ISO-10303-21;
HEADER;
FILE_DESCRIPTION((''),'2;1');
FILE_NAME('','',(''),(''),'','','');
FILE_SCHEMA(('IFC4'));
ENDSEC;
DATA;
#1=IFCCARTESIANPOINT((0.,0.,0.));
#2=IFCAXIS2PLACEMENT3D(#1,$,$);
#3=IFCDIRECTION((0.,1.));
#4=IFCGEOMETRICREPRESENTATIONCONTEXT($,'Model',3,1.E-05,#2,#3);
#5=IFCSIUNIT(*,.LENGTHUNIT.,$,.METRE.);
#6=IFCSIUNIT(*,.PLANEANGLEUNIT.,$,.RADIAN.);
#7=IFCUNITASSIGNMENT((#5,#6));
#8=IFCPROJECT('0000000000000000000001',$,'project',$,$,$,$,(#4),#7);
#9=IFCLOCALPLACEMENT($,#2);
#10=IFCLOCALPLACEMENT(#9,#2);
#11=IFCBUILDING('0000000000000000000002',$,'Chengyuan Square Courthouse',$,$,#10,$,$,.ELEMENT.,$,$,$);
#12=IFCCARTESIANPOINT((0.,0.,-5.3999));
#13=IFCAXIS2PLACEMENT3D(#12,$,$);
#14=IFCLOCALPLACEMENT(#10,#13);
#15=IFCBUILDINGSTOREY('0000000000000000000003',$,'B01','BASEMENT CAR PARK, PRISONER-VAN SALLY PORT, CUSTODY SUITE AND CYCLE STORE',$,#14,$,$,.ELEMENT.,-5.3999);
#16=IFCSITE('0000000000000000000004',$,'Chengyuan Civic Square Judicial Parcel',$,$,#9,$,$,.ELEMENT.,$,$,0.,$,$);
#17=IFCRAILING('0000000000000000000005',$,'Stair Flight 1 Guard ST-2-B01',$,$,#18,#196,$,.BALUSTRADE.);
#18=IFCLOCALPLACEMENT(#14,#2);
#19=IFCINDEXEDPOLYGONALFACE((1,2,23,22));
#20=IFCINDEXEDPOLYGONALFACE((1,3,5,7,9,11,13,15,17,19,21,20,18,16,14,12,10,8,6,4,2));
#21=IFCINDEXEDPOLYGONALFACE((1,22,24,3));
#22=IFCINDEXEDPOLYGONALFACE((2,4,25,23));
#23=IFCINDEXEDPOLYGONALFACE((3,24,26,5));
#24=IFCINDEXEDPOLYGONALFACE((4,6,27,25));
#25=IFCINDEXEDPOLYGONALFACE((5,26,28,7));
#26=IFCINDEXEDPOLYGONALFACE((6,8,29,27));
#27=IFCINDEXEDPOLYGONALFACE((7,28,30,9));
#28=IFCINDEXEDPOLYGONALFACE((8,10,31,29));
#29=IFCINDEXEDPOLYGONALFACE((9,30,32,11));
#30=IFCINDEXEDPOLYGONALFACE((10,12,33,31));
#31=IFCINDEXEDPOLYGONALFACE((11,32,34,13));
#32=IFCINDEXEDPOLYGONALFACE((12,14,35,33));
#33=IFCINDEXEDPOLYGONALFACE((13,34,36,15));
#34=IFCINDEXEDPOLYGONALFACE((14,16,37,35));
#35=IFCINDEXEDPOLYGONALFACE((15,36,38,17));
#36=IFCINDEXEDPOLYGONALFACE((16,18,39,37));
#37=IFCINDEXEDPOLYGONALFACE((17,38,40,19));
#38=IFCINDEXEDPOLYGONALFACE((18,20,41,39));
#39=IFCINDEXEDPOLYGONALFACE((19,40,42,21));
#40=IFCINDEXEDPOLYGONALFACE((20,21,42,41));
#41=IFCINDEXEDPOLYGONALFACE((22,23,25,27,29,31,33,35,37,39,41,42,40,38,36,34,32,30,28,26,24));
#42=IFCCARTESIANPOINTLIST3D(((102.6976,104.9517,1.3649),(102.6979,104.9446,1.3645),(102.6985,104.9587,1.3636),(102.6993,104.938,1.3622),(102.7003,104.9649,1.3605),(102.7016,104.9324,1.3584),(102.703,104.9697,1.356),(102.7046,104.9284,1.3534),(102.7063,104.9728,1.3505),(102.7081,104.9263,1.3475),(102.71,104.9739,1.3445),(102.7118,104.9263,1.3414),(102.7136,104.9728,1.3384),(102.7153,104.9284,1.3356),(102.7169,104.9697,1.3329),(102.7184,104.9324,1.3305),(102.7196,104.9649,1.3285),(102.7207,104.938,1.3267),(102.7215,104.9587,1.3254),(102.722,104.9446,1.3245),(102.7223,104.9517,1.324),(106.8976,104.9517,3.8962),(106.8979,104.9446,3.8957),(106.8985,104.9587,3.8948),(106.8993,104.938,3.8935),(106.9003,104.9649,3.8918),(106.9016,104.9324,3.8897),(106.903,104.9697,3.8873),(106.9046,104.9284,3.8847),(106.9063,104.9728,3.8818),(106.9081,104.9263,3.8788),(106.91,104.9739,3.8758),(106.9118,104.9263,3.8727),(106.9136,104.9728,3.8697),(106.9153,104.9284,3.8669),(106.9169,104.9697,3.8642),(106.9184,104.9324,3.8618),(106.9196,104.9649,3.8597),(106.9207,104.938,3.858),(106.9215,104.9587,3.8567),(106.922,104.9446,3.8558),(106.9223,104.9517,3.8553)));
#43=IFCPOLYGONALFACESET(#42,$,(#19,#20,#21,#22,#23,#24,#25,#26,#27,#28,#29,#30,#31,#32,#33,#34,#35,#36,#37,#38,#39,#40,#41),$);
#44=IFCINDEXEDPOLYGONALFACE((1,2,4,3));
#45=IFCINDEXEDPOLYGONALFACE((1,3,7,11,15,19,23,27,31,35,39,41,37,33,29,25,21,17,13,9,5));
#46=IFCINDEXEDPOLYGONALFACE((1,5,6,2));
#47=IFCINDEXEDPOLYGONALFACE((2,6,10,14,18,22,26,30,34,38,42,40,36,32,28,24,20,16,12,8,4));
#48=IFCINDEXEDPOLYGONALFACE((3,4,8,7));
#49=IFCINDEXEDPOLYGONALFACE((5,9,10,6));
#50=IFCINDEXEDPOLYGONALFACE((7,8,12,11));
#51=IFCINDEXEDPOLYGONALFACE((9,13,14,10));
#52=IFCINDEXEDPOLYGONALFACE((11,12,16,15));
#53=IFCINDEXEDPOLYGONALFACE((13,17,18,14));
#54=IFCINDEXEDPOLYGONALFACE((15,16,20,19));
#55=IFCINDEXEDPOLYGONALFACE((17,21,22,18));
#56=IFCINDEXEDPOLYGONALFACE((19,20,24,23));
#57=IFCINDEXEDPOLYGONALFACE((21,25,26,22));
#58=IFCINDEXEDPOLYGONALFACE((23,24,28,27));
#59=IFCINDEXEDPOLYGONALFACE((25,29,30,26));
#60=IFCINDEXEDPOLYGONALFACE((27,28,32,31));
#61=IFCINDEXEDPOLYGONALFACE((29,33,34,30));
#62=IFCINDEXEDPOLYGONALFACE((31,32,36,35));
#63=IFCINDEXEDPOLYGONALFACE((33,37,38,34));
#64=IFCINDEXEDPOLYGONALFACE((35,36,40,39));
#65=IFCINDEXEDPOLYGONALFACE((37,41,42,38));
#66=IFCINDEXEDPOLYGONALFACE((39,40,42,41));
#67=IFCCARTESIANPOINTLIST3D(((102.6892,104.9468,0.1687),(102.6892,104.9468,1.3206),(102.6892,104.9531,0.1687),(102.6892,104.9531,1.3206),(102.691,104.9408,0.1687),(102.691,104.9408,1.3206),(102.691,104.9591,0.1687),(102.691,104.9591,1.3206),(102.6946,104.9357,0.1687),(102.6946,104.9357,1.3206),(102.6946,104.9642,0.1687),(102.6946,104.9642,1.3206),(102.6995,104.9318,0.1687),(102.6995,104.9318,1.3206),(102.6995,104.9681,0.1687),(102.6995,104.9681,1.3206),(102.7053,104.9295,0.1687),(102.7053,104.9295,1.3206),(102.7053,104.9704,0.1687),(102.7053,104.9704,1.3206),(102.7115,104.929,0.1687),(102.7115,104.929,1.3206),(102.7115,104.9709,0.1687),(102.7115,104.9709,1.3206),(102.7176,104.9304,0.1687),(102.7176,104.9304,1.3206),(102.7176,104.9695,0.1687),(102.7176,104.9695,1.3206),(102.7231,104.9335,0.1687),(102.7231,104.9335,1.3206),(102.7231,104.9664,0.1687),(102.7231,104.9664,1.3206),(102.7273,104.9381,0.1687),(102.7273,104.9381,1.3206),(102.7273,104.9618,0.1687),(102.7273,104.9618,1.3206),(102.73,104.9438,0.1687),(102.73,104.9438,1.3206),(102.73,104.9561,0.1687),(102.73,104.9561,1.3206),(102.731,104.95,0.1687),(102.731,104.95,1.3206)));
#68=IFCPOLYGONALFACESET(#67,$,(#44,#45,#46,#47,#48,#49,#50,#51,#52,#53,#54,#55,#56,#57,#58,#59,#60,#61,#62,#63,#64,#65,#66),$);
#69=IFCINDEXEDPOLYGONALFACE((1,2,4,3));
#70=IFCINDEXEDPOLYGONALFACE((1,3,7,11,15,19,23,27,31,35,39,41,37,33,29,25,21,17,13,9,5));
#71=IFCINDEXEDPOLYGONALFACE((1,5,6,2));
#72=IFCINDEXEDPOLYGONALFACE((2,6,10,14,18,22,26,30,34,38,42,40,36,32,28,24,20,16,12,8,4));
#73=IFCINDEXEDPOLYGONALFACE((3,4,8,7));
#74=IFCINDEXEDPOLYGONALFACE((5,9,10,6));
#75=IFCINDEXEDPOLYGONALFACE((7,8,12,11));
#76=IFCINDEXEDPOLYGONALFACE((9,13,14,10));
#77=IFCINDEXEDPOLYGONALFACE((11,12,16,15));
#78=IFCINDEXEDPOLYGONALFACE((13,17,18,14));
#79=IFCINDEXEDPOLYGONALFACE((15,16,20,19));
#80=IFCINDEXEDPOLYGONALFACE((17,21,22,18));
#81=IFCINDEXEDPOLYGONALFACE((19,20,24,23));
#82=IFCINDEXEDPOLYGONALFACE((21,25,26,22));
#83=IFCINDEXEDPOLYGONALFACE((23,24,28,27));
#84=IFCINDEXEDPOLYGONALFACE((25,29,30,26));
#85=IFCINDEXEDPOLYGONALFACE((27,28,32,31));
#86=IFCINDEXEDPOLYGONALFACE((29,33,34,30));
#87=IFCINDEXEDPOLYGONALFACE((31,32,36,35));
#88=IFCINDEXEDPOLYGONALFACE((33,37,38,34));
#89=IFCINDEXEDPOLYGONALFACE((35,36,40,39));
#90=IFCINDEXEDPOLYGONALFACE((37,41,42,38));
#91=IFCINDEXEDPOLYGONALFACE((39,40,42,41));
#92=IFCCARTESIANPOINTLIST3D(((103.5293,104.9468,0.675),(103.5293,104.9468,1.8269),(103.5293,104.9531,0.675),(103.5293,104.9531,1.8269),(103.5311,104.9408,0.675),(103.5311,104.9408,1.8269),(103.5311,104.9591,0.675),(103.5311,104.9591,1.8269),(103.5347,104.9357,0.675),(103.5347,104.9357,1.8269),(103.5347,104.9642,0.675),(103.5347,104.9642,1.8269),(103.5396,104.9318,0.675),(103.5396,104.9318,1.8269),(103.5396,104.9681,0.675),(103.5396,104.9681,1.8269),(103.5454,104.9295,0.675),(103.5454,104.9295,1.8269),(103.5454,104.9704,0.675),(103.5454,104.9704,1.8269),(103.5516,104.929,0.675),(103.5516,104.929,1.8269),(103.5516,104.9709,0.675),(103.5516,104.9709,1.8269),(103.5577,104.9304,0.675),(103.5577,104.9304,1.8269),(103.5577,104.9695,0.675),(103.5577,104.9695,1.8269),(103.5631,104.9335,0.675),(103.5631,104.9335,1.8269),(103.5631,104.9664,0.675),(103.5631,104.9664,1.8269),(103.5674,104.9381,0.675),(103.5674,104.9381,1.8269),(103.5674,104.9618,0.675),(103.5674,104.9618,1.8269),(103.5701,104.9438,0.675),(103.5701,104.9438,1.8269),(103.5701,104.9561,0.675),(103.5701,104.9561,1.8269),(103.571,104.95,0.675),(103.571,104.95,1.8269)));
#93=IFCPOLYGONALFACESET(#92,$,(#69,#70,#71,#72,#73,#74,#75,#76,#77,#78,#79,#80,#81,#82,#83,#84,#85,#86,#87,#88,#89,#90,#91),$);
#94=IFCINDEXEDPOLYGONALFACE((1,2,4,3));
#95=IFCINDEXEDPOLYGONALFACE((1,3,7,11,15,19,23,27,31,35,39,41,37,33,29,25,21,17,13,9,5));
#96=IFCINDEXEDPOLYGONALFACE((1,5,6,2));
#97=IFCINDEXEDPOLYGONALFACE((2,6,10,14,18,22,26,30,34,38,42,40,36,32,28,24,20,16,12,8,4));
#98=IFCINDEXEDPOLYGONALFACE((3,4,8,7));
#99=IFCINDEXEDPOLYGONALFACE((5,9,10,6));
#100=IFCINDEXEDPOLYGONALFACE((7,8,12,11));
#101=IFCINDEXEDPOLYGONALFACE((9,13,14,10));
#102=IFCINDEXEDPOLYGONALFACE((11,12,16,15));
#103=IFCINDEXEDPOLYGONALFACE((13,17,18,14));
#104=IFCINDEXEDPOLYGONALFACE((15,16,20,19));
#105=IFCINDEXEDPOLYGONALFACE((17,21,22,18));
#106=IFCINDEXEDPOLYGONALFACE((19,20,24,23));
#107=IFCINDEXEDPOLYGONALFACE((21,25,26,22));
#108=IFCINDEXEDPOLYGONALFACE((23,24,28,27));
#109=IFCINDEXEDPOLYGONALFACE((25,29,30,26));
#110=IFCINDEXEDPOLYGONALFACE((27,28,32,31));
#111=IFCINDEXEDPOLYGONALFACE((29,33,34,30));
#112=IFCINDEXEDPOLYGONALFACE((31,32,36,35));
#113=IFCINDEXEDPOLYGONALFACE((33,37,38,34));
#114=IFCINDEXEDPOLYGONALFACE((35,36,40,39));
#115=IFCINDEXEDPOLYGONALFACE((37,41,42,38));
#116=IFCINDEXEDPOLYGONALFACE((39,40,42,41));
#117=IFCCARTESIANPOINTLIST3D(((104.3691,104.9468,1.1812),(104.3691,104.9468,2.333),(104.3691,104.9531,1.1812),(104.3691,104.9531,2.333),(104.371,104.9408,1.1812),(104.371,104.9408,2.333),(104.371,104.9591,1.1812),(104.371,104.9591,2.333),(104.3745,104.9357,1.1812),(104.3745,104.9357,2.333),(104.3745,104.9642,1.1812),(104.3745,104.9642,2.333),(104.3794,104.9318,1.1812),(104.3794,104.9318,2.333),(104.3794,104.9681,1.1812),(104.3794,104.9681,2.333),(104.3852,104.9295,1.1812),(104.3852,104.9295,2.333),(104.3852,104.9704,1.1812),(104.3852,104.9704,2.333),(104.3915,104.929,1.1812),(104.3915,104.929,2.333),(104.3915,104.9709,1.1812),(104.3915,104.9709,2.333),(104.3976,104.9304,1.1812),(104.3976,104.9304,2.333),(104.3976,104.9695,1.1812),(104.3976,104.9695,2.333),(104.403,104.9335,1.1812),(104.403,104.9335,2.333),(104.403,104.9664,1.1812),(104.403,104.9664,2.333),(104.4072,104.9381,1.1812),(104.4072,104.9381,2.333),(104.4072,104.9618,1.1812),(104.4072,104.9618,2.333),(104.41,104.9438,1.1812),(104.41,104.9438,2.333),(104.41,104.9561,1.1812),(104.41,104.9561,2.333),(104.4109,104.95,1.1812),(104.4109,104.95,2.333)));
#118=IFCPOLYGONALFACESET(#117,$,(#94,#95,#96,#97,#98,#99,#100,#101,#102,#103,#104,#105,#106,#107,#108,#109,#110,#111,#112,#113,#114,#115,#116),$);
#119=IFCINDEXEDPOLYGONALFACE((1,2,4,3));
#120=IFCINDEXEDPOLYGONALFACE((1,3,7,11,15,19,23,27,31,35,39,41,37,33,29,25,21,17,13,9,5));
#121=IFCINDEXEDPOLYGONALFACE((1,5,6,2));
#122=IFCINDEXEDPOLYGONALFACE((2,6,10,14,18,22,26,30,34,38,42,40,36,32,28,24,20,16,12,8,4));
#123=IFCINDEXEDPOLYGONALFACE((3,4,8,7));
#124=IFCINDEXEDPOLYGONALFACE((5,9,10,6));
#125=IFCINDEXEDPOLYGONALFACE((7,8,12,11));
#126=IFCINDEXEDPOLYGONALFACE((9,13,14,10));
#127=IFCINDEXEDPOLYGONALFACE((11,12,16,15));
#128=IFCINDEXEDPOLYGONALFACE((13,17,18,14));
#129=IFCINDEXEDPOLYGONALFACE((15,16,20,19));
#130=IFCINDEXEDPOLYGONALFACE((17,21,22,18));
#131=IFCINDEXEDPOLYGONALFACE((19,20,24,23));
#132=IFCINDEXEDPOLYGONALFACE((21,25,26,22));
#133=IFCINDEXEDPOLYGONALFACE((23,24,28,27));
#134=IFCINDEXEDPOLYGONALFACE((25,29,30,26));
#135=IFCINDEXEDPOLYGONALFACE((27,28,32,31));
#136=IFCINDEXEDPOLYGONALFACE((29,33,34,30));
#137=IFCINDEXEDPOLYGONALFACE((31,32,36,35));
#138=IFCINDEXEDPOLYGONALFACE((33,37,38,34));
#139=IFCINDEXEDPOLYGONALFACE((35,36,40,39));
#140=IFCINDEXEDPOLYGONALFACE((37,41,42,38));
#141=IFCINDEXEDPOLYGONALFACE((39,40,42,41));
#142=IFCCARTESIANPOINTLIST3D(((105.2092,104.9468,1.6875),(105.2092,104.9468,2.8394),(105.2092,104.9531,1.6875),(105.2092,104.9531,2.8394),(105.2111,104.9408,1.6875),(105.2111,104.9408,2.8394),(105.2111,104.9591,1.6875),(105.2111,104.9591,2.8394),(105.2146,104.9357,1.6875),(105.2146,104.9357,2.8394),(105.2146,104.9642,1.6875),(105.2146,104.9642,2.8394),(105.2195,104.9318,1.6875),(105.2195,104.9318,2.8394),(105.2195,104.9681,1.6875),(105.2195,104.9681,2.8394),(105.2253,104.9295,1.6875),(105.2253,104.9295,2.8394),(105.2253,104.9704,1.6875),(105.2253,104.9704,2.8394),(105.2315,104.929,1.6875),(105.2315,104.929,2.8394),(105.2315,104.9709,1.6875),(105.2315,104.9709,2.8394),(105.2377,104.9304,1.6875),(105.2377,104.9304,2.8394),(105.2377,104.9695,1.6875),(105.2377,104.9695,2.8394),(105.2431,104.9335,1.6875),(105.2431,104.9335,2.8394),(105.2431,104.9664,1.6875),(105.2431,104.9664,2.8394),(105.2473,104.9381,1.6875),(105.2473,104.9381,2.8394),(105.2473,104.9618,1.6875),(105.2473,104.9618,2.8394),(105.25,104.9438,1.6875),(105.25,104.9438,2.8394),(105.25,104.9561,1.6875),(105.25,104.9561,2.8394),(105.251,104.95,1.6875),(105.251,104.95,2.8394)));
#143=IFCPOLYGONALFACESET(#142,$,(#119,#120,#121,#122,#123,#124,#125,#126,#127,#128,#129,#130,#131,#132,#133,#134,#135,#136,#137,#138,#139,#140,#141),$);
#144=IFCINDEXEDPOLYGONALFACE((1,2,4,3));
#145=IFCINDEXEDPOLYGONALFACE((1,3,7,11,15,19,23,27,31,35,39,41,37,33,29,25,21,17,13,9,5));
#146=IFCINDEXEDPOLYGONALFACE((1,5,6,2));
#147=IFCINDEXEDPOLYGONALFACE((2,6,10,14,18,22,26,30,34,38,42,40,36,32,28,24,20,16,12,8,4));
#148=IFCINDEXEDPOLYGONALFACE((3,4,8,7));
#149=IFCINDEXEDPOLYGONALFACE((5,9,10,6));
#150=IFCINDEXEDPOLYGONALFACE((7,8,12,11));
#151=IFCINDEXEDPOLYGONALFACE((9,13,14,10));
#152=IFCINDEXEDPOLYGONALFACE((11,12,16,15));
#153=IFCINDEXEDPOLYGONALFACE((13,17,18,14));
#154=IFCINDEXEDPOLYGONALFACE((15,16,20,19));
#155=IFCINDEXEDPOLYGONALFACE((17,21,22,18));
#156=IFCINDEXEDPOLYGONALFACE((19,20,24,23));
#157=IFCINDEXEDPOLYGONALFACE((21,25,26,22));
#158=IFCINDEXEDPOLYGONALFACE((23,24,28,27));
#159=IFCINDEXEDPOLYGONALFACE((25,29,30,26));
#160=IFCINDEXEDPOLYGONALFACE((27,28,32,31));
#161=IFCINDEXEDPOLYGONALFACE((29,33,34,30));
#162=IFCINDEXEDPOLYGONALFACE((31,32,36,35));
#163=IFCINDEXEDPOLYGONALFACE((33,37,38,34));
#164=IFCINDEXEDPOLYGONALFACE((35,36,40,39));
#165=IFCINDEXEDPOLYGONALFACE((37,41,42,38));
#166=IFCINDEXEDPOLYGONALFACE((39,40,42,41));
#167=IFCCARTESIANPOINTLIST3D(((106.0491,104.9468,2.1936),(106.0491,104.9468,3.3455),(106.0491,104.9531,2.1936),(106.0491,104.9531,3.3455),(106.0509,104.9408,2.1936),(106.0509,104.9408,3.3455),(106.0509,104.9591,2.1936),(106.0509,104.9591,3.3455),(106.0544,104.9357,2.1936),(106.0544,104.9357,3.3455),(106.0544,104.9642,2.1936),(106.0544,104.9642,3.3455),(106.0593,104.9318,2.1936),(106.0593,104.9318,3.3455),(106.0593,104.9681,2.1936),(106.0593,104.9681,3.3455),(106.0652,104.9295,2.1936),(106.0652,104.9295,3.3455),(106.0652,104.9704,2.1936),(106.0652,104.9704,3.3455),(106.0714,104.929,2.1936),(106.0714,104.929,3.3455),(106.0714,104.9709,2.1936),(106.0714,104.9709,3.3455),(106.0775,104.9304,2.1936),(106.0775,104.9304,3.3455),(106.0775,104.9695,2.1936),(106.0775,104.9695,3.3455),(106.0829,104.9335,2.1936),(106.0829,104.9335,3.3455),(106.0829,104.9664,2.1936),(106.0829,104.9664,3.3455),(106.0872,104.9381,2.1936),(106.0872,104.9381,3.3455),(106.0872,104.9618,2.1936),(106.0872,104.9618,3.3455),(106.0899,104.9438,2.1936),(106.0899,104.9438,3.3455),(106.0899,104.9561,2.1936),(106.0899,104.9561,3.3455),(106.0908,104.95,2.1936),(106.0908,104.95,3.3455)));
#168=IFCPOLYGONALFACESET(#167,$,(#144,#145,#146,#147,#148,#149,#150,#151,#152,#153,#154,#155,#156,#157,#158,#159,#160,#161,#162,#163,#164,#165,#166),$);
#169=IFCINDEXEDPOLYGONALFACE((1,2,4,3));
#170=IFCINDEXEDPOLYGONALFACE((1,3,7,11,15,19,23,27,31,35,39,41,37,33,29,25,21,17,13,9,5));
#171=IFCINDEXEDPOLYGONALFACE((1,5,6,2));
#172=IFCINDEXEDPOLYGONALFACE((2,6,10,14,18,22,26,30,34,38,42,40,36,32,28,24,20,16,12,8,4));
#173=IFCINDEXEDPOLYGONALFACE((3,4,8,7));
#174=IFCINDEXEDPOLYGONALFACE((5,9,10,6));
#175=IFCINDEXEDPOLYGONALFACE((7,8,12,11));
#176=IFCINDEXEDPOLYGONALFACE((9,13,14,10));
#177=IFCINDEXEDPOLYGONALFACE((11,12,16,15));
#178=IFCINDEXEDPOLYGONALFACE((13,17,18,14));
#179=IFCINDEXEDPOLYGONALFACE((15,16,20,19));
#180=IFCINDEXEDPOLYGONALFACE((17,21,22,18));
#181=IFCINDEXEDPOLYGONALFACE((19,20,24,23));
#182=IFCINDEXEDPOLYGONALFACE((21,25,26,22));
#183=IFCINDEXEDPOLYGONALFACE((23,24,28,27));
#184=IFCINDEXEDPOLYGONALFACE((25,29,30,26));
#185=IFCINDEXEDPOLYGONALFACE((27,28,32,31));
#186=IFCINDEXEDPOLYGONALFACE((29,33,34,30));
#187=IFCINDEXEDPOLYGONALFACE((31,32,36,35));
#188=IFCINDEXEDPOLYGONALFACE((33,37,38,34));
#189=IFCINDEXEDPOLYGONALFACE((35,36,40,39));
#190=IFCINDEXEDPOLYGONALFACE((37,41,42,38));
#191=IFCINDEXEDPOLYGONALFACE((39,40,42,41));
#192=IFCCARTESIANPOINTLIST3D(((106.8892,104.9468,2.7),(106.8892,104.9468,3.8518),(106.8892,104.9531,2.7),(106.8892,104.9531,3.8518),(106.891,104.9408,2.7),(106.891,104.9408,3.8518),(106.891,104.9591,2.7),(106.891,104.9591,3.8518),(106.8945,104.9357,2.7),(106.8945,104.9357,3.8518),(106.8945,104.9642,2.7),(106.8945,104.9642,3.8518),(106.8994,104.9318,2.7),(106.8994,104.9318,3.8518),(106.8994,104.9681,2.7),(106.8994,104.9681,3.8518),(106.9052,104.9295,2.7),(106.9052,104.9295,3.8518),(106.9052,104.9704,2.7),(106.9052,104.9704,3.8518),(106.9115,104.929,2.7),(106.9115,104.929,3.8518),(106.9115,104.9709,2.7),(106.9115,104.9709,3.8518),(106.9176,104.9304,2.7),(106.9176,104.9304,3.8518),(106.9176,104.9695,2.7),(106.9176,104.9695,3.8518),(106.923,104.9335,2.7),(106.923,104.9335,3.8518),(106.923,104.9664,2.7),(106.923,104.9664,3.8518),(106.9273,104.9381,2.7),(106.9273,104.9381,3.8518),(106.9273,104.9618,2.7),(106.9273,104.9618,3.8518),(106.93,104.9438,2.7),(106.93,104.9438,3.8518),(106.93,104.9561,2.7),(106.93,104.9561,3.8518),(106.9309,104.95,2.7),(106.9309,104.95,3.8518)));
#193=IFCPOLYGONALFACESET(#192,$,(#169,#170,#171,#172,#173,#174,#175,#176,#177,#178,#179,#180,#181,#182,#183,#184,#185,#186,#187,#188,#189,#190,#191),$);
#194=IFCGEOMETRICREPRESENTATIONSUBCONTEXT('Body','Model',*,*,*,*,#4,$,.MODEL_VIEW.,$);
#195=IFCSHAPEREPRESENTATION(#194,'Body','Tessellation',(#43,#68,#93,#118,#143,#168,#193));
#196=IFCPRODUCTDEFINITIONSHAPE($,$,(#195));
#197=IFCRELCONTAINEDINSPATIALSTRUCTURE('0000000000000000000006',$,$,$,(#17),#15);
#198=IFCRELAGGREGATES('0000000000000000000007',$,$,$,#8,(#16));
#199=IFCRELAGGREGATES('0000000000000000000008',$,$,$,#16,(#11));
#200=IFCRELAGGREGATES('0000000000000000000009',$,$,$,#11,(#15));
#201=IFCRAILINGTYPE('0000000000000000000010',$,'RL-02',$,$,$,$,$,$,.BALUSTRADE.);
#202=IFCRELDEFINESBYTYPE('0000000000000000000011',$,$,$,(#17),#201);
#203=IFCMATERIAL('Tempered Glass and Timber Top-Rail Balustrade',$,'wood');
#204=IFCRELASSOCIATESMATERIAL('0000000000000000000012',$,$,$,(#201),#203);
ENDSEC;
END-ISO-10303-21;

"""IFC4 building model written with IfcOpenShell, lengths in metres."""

from ifc_helpers import new_model, si_unit, direction, frame, origin, origin_2d, place, context, subcontext, project, spatial, circle, extrude, material, type_object, element, save


model = new_model("IFC4")

# Units and contexts
model_context = context("Model", 3, precision=1e-05, world=origin(), true_north=direction((0.0, 1.0)))
body_context = subcontext(model_context, "Body", "Model", "MODEL_VIEW")
ifc_project = project(units=[si_unit("LENGTHUNIT", "METRE"), si_unit("PLANEANGLEUNIT", "RADIAN")], contexts=[model_context])

# Site, building, storey
site_placement = place(None, origin())
site = spatial("IfcSite", under=ifc_project, at=site_placement, Name="Chengyuan Civic Square Judicial Parcel", CompositionType="ELEMENT", RefElevation=0.0)
building_placement = place(site_placement, origin())
building = spatial("IfcBuilding", under=site, at=building_placement, Name="Chengyuan Square Courthouse", CompositionType="ELEMENT")
storey_placement = place(building_placement, frame((0.0, 0.0, -5.3999)))
storey = spatial("IfcBuildingStorey", under=building, at=storey_placement, Name="B01", Description="BASEMENT CAR PARK, PRISONER-VAN SALLY PORT, CUSTODY SUITE AND CYCLE STORE", CompositionType="ELEMENT", Elevation=-5.3999)

# Railing
ifc_material_1 = material(Name="Tempered Glass and Timber Top-Rail Balustrade", Category="wood")
railing_type = type_object("IfcRailingType", Name="RL-02", PredefinedType="BALUSTRADE", material=ifc_material_1)
railing_placement = place(storey_placement, frame((102.71, 104.95, 0.1687)))
element("IfcRailing", 1, at=railing_placement, inside=storey, type_object=railing_type, Name="Stair Flight 1 Guard ST-2-B01", PredefinedType="BALUSTRADE", context=body_context, shape_type="SweptSolid", body=[
    extrude(circle(Radius=0.0239, at=origin_2d()), frame((0.0, 0.0, 1.1758), z_axis=(0.856476, 0.0, 0.516186), x_axis=(0.0, 1.0, 0.0)), (0.0, 0.0, 1.0), 4.9038),
    extrude(circle(Radius=0.021, at=origin_2d()), origin(), (0.0, 0.0, 1.0), 1.1519),
    extrude(circle(Radius=0.021, at=origin_2d()), frame((0.8401, 0.0, 0.5063)), (0.0, 0.0, 1.0), 1.1519),
    extrude(circle(Radius=0.021, at=origin_2d()), frame((1.6799, 0.0, 1.0125)), (0.0, 0.0, 1.0), 1.1519),
    extrude(circle(Radius=0.021, at=origin_2d()), frame((2.52, 0.0, 1.5188)), (0.0, 0.0, 1.0), 1.1519),
    extrude(circle(Radius=0.021, at=origin_2d()), frame((3.3599, 0.0, 2.0249)), (0.0, 0.0, 1.0), 1.1519),
    extrude(circle(Radius=0.021, at=origin_2d()), frame((4.2, 0.0, 2.5312)), (0.0, 0.0, 1.0), 1.1519),
])

save(model, "model.ifc")
